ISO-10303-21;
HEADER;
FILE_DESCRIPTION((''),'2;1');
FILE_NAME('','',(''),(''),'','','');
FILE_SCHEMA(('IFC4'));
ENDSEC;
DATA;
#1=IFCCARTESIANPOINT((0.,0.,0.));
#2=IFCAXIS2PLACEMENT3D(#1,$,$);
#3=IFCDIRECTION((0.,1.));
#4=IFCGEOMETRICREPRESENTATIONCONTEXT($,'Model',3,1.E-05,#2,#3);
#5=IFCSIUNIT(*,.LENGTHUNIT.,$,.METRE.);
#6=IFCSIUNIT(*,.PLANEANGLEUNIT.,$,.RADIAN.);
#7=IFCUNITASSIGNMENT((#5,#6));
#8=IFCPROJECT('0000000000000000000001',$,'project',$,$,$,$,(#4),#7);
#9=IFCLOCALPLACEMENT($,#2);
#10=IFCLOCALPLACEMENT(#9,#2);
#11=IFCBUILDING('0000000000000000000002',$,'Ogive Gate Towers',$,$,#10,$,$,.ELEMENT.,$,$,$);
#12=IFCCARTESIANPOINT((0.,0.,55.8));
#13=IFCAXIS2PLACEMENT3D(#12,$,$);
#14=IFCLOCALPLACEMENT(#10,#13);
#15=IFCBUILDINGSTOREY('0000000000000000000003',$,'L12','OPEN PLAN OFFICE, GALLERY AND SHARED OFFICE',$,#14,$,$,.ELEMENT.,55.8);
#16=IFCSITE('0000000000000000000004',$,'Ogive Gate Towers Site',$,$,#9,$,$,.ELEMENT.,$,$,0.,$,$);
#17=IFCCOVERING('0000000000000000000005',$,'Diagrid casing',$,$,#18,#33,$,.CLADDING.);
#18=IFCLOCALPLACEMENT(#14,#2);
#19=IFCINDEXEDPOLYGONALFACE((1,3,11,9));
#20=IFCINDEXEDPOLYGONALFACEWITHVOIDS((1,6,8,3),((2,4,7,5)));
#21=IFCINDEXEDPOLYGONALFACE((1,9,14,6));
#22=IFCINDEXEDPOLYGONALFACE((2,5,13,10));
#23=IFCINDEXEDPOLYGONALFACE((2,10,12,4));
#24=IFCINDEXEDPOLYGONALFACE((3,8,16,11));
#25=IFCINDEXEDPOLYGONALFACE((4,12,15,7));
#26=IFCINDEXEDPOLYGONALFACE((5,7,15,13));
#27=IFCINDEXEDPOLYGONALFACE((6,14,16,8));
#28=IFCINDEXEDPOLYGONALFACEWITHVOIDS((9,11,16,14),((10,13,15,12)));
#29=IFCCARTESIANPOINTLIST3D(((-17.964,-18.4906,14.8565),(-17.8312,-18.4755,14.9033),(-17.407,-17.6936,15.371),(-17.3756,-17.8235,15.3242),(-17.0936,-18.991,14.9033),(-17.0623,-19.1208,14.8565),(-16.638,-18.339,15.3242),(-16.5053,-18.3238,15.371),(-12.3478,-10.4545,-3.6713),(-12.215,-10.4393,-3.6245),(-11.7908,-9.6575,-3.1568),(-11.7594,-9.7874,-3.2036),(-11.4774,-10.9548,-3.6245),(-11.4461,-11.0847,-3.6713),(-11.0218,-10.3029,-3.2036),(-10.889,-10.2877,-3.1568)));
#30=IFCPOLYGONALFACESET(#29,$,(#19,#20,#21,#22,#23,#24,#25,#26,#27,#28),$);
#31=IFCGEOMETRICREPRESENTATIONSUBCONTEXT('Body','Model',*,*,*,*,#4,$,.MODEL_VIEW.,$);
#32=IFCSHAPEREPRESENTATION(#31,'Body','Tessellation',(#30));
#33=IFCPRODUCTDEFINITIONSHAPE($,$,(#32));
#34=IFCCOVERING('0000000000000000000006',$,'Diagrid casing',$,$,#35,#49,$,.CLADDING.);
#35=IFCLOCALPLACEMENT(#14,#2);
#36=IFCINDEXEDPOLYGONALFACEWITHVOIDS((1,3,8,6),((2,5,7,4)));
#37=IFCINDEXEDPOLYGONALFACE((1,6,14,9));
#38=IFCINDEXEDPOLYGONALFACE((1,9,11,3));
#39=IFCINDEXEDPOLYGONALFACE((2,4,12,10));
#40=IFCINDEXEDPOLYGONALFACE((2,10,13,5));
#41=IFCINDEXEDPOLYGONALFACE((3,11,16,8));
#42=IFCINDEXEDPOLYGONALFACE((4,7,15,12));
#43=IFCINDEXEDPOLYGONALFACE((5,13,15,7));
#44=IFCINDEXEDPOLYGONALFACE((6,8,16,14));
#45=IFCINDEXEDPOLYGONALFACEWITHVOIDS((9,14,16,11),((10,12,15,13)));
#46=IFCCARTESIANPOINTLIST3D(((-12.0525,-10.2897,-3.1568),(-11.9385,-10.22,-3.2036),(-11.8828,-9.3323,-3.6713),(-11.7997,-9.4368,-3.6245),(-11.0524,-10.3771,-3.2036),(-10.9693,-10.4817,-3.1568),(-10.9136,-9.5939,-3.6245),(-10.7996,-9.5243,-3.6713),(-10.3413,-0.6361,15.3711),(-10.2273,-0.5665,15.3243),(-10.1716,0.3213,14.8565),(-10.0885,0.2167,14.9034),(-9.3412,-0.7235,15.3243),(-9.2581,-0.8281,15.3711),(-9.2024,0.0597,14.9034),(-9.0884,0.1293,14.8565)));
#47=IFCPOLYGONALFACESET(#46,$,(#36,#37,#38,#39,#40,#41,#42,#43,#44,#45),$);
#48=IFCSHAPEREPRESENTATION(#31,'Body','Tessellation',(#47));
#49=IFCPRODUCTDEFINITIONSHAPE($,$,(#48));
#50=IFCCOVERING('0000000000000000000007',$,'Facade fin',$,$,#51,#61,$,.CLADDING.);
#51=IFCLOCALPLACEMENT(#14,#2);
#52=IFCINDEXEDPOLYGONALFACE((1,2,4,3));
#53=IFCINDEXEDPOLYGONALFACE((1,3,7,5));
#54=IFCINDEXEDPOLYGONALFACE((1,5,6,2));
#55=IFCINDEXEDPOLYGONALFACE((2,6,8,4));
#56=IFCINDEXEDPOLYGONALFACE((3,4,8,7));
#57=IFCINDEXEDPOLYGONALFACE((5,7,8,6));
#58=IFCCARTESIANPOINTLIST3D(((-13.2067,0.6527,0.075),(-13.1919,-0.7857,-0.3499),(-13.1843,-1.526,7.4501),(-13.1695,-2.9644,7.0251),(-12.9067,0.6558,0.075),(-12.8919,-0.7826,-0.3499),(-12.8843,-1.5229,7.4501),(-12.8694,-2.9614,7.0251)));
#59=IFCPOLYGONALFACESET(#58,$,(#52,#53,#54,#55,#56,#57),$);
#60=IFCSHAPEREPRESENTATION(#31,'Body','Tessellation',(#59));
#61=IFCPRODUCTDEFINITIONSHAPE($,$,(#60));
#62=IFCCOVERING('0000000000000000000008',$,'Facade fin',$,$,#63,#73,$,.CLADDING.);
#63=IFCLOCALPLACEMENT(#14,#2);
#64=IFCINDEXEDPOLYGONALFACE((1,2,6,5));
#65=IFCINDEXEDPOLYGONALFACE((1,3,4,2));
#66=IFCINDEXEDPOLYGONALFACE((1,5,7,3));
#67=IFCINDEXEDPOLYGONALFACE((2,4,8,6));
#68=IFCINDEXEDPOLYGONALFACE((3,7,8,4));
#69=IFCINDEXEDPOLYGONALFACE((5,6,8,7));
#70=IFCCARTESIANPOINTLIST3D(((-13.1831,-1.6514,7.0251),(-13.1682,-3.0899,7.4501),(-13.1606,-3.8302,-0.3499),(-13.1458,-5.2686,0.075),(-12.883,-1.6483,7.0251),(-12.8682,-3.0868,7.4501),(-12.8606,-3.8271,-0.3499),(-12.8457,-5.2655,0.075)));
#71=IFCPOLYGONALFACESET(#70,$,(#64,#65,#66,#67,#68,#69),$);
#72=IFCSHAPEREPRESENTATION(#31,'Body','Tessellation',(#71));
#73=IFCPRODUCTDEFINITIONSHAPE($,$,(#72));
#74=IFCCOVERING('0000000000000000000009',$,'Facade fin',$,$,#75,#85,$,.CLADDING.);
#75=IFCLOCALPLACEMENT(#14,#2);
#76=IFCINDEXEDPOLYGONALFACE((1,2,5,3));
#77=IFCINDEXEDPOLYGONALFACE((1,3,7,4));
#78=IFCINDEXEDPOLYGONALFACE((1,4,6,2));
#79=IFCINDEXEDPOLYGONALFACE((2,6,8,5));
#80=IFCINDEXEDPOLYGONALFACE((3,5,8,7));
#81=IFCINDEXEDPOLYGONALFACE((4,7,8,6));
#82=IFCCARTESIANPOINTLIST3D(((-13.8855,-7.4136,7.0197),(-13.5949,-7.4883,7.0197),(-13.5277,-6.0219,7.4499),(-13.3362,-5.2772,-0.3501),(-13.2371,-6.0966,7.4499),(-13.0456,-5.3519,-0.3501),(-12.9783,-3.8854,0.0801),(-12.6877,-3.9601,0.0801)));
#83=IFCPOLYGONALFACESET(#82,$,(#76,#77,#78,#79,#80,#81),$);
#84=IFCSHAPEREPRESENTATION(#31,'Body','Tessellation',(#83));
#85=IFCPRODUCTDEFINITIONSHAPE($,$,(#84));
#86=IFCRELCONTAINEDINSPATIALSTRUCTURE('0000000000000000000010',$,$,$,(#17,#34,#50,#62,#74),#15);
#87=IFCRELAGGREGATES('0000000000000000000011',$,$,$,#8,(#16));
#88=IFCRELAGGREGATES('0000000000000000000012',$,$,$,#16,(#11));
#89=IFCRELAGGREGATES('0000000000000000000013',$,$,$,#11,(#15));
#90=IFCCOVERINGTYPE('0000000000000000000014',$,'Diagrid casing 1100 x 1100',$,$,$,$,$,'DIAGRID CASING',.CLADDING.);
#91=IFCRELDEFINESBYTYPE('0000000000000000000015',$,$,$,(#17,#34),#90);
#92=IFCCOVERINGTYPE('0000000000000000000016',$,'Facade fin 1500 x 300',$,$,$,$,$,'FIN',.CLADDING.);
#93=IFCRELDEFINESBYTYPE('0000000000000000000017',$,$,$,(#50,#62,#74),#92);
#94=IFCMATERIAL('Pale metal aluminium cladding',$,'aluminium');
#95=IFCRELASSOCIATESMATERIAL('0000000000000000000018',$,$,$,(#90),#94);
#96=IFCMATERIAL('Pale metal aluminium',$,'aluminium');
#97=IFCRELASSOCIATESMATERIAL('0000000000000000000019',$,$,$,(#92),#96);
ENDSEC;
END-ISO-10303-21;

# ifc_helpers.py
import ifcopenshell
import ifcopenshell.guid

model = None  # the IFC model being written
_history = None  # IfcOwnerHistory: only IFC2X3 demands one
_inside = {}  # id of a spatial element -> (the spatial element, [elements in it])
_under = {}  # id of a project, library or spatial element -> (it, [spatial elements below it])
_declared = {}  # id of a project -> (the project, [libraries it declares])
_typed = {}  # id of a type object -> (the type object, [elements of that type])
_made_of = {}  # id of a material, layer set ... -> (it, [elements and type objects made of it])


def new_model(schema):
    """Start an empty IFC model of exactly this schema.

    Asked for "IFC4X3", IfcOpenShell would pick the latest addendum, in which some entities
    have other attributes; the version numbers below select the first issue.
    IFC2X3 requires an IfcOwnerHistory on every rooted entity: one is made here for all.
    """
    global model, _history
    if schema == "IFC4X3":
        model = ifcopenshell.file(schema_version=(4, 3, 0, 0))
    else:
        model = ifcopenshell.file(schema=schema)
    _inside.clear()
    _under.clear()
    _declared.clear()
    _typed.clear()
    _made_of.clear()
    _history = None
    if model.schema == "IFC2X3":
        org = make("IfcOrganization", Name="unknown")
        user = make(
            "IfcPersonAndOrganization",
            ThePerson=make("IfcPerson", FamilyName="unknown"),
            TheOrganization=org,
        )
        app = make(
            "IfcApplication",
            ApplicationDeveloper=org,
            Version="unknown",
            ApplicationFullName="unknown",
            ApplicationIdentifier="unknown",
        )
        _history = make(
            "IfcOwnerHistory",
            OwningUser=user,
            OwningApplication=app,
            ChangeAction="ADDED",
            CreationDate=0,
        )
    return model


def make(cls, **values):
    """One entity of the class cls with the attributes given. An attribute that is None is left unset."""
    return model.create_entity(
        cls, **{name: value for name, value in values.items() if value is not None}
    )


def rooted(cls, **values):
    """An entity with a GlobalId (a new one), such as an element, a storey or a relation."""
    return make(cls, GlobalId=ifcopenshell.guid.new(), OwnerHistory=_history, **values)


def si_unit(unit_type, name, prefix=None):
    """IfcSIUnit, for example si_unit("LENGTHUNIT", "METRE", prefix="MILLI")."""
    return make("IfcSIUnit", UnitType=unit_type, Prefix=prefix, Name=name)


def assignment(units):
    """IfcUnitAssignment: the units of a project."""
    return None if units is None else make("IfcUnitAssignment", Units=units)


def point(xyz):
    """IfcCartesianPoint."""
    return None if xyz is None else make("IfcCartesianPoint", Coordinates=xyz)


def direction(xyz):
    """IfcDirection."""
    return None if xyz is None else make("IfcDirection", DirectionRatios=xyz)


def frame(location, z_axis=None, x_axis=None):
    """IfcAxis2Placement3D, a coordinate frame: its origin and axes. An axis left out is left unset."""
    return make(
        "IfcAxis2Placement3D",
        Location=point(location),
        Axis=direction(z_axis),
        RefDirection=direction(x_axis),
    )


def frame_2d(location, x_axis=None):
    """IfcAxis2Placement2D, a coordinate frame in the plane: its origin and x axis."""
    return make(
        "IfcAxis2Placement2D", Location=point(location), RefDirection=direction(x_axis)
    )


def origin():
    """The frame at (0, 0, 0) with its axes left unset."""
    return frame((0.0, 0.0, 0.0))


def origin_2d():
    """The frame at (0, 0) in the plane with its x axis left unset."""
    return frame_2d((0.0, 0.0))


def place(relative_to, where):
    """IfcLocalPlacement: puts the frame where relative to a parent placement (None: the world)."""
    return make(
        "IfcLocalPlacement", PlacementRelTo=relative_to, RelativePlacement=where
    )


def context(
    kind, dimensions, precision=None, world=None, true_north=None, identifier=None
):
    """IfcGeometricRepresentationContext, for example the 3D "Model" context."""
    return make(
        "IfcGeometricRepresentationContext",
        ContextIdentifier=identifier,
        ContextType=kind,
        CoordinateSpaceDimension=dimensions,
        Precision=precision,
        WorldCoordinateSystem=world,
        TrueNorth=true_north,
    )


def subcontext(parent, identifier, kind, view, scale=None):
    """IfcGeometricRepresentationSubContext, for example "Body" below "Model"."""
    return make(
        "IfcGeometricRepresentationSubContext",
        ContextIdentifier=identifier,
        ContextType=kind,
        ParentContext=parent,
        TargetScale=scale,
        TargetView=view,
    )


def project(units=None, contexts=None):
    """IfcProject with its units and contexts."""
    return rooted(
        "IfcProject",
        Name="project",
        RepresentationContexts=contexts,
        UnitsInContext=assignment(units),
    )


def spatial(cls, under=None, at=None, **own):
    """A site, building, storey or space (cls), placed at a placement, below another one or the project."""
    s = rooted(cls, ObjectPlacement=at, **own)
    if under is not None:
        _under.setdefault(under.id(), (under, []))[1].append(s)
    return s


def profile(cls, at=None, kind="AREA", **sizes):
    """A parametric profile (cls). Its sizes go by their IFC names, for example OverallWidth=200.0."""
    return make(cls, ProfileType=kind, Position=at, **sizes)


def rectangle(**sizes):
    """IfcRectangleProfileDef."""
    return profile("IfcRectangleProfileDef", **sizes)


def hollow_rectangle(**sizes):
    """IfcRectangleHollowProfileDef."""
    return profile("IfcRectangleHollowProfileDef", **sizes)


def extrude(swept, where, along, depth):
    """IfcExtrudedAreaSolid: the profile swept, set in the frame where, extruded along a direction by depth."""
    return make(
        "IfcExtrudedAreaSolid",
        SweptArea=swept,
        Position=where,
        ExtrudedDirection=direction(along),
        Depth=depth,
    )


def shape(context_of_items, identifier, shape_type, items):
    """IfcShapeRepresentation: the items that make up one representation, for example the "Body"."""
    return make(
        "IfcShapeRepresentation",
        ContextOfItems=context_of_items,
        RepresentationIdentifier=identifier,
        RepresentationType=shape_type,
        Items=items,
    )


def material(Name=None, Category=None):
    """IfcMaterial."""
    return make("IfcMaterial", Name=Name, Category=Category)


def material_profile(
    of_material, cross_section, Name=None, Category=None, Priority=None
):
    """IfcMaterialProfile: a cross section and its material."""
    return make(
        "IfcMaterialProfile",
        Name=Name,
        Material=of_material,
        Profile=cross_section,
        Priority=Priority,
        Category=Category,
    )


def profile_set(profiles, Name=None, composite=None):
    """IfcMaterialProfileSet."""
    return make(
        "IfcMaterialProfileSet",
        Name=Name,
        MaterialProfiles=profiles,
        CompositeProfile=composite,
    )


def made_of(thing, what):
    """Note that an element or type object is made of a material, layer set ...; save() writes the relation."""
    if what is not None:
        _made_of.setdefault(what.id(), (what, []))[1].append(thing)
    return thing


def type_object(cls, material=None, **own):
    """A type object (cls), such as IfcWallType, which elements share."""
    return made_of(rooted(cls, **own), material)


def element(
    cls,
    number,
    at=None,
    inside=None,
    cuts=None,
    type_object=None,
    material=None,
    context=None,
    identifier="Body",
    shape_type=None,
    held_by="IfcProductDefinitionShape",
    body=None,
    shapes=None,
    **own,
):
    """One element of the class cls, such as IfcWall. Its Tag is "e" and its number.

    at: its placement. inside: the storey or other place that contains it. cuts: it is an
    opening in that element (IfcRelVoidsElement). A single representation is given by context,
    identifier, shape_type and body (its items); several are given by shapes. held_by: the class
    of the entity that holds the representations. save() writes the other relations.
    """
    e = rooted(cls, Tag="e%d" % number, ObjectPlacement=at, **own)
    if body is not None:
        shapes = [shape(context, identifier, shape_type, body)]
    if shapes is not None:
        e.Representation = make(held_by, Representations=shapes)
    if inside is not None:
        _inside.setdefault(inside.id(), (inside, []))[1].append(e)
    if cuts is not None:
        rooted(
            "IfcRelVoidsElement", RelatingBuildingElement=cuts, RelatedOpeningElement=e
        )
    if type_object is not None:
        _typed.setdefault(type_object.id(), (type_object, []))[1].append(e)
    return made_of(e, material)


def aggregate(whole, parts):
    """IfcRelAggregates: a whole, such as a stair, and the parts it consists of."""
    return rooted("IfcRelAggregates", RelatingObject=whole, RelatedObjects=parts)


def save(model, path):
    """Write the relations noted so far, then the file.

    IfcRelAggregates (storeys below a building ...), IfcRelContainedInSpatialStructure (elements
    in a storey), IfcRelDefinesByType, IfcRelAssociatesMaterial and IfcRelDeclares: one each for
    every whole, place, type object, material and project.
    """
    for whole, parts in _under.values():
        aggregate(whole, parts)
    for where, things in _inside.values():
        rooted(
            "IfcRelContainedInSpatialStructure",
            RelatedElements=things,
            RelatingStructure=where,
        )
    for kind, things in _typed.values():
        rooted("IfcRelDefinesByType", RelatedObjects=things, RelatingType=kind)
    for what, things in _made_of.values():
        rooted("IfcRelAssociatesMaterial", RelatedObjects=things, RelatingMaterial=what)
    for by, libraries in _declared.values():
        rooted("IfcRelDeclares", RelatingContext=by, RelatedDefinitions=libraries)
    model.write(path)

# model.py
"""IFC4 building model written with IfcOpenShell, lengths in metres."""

from ifc_helpers import new_model, si_unit, direction, frame, origin, origin_2d, place, context, subcontext, project, spatial, rectangle, hollow_rectangle, extrude, material, material_profile, profile_set, type_object, element, save


model = new_model("IFC4")

# Units and contexts
model_context = context("Model", 3, precision=1e-05, world=origin(), true_north=direction((0.0, 1.0)))
body_context = subcontext(model_context, "Body", "Model", "MODEL_VIEW")
ifc_project = project(units=[si_unit("LENGTHUNIT", "METRE"), si_unit("PLANEANGLEUNIT", "RADIAN")], contexts=[model_context])

# Site, building, storey
site_placement = place(None, origin())
site = spatial("IfcSite", under=ifc_project, at=site_placement, Name="Ogive Gate Towers Site", CompositionType="ELEMENT", RefElevation=0.0)
building_placement = place(site_placement, origin())
building = spatial("IfcBuilding", under=site, at=building_placement, Name="Ogive Gate Towers", CompositionType="ELEMENT")
storey_placement = place(building_placement, frame((0.0, 0.0, 55.8)))
storey = spatial("IfcBuildingStorey", under=building, at=storey_placement, Name="L12", Description="OPEN PLAN OFFICE, GALLERY AND SHARED OFFICE", CompositionType="ELEMENT", Elevation=55.8)

# Shared definitions
ifc_material_1 = material(Name="Pale metal aluminium", Category="aluminium")

# Coverings
ifc_material_2 = material(Name="Pale metal aluminium cladding", Category="aluminium")
ifc_material_profile_1 = material_profile(ifc_material_2, hollow_rectangle(XDim=1.1001, YDim=1.1001, WallThickness=0.1001, at=origin_2d()), Name="1100 x 1100 pale metal casing")
ifc_profile_set_1 = profile_set([ifc_material_profile_1], Name="Pale metal aluminium cladding")
covering_type_1 = type_object("IfcCoveringType", Name="Diagrid casing 1100 x 1100", ElementType="DIAGRID CASING", PredefinedType="CLADDING", material=ifc_profile_set_1)
for number, where, z_axis, x_axis, name in (
    (1, (-11.6184, -10.3711, -3.4141), (-0.267925, -0.383368, 0.883881), (0.819667, -0.57284, 0.0), "Diagrid casing"),
    (2, (-11.426, -9.907, -3.4141), (0.081633, 0.46053, 0.883883), (-0.98465, 0.174538, 0.0), "Diagrid casing"),
):
    element("IfcCovering", number, at=place(storey_placement, frame(where, z_axis=z_axis, x_axis=x_axis)), inside=storey, type_object=covering_type_1, Name=name, PredefinedType="CLADDING", context=body_context, shape_type="SweptSolid", body=[
        extrude(hollow_rectangle(XDim=1.1001, YDim=1.1001, WallThickness=0.1001, at=origin_2d()), origin(), (0.0, 0.0, 1.0), 20.9619),
    ])
ifc_material_profile_2 = material_profile(ifc_material_1, rectangle(XDim=0.3, YDim=1.5, at=origin_2d()), Name="1500 x 300 pale metal aluminium")
ifc_profile_set_2 = profile_set([ifc_material_profile_2], Name="Pale metal aluminium")
covering_type_2 = type_object("IfcCoveringType", Name="Facade fin 1500 x 300", ElementType="FIN", PredefinedType="CLADDING", material=ifc_profile_set_2)
for number, where, z_axis, x_axis, name in (
    (3, (-13.0493, -0.0649, -0.1375), (0.002921, -0.283313, 0.959023), (0.999947, 0.010309, 0.0), "Facade fin"),
    (4, (-13.0032, -4.5479, -0.1375), (-0.002921, 0.283313, 0.959023), (-0.999947, -0.010309, 0.0), "Facade fin"),
):
    element("IfcCovering", number, at=place(storey_placement, frame(where, z_axis=z_axis, x_axis=x_axis)), inside=storey, type_object=covering_type_2, Name=name, PredefinedType="CLADDING", context=body_context, shape_type="SweptSolid", body=[
        extrude(rectangle(XDim=0.3, YDim=1.5, at=origin_2d()), origin(), (0.0, 0.0, 1.0), 7.6902),
    ])
covering_1_placement = place(storey_placement, frame((-13.012, -4.6187, -0.135), z_axis=(-0.071405, -0.277719, 0.958005), x_axis=(0.9685, -0.249014, 0.0)))
element("IfcCovering", 5, at=covering_1_placement, inside=storey, type_object=covering_type_2, Name="Facade fin", PredefinedType="CLADDING", context=body_context, shape_type="SweptSolid", body=[
    extrude(rectangle(XDim=0.3, YDim=1.5, at=origin_2d()), origin(), (0.0, 0.0, 1.0), 7.6929),
])

save(model, "model.ifc")
